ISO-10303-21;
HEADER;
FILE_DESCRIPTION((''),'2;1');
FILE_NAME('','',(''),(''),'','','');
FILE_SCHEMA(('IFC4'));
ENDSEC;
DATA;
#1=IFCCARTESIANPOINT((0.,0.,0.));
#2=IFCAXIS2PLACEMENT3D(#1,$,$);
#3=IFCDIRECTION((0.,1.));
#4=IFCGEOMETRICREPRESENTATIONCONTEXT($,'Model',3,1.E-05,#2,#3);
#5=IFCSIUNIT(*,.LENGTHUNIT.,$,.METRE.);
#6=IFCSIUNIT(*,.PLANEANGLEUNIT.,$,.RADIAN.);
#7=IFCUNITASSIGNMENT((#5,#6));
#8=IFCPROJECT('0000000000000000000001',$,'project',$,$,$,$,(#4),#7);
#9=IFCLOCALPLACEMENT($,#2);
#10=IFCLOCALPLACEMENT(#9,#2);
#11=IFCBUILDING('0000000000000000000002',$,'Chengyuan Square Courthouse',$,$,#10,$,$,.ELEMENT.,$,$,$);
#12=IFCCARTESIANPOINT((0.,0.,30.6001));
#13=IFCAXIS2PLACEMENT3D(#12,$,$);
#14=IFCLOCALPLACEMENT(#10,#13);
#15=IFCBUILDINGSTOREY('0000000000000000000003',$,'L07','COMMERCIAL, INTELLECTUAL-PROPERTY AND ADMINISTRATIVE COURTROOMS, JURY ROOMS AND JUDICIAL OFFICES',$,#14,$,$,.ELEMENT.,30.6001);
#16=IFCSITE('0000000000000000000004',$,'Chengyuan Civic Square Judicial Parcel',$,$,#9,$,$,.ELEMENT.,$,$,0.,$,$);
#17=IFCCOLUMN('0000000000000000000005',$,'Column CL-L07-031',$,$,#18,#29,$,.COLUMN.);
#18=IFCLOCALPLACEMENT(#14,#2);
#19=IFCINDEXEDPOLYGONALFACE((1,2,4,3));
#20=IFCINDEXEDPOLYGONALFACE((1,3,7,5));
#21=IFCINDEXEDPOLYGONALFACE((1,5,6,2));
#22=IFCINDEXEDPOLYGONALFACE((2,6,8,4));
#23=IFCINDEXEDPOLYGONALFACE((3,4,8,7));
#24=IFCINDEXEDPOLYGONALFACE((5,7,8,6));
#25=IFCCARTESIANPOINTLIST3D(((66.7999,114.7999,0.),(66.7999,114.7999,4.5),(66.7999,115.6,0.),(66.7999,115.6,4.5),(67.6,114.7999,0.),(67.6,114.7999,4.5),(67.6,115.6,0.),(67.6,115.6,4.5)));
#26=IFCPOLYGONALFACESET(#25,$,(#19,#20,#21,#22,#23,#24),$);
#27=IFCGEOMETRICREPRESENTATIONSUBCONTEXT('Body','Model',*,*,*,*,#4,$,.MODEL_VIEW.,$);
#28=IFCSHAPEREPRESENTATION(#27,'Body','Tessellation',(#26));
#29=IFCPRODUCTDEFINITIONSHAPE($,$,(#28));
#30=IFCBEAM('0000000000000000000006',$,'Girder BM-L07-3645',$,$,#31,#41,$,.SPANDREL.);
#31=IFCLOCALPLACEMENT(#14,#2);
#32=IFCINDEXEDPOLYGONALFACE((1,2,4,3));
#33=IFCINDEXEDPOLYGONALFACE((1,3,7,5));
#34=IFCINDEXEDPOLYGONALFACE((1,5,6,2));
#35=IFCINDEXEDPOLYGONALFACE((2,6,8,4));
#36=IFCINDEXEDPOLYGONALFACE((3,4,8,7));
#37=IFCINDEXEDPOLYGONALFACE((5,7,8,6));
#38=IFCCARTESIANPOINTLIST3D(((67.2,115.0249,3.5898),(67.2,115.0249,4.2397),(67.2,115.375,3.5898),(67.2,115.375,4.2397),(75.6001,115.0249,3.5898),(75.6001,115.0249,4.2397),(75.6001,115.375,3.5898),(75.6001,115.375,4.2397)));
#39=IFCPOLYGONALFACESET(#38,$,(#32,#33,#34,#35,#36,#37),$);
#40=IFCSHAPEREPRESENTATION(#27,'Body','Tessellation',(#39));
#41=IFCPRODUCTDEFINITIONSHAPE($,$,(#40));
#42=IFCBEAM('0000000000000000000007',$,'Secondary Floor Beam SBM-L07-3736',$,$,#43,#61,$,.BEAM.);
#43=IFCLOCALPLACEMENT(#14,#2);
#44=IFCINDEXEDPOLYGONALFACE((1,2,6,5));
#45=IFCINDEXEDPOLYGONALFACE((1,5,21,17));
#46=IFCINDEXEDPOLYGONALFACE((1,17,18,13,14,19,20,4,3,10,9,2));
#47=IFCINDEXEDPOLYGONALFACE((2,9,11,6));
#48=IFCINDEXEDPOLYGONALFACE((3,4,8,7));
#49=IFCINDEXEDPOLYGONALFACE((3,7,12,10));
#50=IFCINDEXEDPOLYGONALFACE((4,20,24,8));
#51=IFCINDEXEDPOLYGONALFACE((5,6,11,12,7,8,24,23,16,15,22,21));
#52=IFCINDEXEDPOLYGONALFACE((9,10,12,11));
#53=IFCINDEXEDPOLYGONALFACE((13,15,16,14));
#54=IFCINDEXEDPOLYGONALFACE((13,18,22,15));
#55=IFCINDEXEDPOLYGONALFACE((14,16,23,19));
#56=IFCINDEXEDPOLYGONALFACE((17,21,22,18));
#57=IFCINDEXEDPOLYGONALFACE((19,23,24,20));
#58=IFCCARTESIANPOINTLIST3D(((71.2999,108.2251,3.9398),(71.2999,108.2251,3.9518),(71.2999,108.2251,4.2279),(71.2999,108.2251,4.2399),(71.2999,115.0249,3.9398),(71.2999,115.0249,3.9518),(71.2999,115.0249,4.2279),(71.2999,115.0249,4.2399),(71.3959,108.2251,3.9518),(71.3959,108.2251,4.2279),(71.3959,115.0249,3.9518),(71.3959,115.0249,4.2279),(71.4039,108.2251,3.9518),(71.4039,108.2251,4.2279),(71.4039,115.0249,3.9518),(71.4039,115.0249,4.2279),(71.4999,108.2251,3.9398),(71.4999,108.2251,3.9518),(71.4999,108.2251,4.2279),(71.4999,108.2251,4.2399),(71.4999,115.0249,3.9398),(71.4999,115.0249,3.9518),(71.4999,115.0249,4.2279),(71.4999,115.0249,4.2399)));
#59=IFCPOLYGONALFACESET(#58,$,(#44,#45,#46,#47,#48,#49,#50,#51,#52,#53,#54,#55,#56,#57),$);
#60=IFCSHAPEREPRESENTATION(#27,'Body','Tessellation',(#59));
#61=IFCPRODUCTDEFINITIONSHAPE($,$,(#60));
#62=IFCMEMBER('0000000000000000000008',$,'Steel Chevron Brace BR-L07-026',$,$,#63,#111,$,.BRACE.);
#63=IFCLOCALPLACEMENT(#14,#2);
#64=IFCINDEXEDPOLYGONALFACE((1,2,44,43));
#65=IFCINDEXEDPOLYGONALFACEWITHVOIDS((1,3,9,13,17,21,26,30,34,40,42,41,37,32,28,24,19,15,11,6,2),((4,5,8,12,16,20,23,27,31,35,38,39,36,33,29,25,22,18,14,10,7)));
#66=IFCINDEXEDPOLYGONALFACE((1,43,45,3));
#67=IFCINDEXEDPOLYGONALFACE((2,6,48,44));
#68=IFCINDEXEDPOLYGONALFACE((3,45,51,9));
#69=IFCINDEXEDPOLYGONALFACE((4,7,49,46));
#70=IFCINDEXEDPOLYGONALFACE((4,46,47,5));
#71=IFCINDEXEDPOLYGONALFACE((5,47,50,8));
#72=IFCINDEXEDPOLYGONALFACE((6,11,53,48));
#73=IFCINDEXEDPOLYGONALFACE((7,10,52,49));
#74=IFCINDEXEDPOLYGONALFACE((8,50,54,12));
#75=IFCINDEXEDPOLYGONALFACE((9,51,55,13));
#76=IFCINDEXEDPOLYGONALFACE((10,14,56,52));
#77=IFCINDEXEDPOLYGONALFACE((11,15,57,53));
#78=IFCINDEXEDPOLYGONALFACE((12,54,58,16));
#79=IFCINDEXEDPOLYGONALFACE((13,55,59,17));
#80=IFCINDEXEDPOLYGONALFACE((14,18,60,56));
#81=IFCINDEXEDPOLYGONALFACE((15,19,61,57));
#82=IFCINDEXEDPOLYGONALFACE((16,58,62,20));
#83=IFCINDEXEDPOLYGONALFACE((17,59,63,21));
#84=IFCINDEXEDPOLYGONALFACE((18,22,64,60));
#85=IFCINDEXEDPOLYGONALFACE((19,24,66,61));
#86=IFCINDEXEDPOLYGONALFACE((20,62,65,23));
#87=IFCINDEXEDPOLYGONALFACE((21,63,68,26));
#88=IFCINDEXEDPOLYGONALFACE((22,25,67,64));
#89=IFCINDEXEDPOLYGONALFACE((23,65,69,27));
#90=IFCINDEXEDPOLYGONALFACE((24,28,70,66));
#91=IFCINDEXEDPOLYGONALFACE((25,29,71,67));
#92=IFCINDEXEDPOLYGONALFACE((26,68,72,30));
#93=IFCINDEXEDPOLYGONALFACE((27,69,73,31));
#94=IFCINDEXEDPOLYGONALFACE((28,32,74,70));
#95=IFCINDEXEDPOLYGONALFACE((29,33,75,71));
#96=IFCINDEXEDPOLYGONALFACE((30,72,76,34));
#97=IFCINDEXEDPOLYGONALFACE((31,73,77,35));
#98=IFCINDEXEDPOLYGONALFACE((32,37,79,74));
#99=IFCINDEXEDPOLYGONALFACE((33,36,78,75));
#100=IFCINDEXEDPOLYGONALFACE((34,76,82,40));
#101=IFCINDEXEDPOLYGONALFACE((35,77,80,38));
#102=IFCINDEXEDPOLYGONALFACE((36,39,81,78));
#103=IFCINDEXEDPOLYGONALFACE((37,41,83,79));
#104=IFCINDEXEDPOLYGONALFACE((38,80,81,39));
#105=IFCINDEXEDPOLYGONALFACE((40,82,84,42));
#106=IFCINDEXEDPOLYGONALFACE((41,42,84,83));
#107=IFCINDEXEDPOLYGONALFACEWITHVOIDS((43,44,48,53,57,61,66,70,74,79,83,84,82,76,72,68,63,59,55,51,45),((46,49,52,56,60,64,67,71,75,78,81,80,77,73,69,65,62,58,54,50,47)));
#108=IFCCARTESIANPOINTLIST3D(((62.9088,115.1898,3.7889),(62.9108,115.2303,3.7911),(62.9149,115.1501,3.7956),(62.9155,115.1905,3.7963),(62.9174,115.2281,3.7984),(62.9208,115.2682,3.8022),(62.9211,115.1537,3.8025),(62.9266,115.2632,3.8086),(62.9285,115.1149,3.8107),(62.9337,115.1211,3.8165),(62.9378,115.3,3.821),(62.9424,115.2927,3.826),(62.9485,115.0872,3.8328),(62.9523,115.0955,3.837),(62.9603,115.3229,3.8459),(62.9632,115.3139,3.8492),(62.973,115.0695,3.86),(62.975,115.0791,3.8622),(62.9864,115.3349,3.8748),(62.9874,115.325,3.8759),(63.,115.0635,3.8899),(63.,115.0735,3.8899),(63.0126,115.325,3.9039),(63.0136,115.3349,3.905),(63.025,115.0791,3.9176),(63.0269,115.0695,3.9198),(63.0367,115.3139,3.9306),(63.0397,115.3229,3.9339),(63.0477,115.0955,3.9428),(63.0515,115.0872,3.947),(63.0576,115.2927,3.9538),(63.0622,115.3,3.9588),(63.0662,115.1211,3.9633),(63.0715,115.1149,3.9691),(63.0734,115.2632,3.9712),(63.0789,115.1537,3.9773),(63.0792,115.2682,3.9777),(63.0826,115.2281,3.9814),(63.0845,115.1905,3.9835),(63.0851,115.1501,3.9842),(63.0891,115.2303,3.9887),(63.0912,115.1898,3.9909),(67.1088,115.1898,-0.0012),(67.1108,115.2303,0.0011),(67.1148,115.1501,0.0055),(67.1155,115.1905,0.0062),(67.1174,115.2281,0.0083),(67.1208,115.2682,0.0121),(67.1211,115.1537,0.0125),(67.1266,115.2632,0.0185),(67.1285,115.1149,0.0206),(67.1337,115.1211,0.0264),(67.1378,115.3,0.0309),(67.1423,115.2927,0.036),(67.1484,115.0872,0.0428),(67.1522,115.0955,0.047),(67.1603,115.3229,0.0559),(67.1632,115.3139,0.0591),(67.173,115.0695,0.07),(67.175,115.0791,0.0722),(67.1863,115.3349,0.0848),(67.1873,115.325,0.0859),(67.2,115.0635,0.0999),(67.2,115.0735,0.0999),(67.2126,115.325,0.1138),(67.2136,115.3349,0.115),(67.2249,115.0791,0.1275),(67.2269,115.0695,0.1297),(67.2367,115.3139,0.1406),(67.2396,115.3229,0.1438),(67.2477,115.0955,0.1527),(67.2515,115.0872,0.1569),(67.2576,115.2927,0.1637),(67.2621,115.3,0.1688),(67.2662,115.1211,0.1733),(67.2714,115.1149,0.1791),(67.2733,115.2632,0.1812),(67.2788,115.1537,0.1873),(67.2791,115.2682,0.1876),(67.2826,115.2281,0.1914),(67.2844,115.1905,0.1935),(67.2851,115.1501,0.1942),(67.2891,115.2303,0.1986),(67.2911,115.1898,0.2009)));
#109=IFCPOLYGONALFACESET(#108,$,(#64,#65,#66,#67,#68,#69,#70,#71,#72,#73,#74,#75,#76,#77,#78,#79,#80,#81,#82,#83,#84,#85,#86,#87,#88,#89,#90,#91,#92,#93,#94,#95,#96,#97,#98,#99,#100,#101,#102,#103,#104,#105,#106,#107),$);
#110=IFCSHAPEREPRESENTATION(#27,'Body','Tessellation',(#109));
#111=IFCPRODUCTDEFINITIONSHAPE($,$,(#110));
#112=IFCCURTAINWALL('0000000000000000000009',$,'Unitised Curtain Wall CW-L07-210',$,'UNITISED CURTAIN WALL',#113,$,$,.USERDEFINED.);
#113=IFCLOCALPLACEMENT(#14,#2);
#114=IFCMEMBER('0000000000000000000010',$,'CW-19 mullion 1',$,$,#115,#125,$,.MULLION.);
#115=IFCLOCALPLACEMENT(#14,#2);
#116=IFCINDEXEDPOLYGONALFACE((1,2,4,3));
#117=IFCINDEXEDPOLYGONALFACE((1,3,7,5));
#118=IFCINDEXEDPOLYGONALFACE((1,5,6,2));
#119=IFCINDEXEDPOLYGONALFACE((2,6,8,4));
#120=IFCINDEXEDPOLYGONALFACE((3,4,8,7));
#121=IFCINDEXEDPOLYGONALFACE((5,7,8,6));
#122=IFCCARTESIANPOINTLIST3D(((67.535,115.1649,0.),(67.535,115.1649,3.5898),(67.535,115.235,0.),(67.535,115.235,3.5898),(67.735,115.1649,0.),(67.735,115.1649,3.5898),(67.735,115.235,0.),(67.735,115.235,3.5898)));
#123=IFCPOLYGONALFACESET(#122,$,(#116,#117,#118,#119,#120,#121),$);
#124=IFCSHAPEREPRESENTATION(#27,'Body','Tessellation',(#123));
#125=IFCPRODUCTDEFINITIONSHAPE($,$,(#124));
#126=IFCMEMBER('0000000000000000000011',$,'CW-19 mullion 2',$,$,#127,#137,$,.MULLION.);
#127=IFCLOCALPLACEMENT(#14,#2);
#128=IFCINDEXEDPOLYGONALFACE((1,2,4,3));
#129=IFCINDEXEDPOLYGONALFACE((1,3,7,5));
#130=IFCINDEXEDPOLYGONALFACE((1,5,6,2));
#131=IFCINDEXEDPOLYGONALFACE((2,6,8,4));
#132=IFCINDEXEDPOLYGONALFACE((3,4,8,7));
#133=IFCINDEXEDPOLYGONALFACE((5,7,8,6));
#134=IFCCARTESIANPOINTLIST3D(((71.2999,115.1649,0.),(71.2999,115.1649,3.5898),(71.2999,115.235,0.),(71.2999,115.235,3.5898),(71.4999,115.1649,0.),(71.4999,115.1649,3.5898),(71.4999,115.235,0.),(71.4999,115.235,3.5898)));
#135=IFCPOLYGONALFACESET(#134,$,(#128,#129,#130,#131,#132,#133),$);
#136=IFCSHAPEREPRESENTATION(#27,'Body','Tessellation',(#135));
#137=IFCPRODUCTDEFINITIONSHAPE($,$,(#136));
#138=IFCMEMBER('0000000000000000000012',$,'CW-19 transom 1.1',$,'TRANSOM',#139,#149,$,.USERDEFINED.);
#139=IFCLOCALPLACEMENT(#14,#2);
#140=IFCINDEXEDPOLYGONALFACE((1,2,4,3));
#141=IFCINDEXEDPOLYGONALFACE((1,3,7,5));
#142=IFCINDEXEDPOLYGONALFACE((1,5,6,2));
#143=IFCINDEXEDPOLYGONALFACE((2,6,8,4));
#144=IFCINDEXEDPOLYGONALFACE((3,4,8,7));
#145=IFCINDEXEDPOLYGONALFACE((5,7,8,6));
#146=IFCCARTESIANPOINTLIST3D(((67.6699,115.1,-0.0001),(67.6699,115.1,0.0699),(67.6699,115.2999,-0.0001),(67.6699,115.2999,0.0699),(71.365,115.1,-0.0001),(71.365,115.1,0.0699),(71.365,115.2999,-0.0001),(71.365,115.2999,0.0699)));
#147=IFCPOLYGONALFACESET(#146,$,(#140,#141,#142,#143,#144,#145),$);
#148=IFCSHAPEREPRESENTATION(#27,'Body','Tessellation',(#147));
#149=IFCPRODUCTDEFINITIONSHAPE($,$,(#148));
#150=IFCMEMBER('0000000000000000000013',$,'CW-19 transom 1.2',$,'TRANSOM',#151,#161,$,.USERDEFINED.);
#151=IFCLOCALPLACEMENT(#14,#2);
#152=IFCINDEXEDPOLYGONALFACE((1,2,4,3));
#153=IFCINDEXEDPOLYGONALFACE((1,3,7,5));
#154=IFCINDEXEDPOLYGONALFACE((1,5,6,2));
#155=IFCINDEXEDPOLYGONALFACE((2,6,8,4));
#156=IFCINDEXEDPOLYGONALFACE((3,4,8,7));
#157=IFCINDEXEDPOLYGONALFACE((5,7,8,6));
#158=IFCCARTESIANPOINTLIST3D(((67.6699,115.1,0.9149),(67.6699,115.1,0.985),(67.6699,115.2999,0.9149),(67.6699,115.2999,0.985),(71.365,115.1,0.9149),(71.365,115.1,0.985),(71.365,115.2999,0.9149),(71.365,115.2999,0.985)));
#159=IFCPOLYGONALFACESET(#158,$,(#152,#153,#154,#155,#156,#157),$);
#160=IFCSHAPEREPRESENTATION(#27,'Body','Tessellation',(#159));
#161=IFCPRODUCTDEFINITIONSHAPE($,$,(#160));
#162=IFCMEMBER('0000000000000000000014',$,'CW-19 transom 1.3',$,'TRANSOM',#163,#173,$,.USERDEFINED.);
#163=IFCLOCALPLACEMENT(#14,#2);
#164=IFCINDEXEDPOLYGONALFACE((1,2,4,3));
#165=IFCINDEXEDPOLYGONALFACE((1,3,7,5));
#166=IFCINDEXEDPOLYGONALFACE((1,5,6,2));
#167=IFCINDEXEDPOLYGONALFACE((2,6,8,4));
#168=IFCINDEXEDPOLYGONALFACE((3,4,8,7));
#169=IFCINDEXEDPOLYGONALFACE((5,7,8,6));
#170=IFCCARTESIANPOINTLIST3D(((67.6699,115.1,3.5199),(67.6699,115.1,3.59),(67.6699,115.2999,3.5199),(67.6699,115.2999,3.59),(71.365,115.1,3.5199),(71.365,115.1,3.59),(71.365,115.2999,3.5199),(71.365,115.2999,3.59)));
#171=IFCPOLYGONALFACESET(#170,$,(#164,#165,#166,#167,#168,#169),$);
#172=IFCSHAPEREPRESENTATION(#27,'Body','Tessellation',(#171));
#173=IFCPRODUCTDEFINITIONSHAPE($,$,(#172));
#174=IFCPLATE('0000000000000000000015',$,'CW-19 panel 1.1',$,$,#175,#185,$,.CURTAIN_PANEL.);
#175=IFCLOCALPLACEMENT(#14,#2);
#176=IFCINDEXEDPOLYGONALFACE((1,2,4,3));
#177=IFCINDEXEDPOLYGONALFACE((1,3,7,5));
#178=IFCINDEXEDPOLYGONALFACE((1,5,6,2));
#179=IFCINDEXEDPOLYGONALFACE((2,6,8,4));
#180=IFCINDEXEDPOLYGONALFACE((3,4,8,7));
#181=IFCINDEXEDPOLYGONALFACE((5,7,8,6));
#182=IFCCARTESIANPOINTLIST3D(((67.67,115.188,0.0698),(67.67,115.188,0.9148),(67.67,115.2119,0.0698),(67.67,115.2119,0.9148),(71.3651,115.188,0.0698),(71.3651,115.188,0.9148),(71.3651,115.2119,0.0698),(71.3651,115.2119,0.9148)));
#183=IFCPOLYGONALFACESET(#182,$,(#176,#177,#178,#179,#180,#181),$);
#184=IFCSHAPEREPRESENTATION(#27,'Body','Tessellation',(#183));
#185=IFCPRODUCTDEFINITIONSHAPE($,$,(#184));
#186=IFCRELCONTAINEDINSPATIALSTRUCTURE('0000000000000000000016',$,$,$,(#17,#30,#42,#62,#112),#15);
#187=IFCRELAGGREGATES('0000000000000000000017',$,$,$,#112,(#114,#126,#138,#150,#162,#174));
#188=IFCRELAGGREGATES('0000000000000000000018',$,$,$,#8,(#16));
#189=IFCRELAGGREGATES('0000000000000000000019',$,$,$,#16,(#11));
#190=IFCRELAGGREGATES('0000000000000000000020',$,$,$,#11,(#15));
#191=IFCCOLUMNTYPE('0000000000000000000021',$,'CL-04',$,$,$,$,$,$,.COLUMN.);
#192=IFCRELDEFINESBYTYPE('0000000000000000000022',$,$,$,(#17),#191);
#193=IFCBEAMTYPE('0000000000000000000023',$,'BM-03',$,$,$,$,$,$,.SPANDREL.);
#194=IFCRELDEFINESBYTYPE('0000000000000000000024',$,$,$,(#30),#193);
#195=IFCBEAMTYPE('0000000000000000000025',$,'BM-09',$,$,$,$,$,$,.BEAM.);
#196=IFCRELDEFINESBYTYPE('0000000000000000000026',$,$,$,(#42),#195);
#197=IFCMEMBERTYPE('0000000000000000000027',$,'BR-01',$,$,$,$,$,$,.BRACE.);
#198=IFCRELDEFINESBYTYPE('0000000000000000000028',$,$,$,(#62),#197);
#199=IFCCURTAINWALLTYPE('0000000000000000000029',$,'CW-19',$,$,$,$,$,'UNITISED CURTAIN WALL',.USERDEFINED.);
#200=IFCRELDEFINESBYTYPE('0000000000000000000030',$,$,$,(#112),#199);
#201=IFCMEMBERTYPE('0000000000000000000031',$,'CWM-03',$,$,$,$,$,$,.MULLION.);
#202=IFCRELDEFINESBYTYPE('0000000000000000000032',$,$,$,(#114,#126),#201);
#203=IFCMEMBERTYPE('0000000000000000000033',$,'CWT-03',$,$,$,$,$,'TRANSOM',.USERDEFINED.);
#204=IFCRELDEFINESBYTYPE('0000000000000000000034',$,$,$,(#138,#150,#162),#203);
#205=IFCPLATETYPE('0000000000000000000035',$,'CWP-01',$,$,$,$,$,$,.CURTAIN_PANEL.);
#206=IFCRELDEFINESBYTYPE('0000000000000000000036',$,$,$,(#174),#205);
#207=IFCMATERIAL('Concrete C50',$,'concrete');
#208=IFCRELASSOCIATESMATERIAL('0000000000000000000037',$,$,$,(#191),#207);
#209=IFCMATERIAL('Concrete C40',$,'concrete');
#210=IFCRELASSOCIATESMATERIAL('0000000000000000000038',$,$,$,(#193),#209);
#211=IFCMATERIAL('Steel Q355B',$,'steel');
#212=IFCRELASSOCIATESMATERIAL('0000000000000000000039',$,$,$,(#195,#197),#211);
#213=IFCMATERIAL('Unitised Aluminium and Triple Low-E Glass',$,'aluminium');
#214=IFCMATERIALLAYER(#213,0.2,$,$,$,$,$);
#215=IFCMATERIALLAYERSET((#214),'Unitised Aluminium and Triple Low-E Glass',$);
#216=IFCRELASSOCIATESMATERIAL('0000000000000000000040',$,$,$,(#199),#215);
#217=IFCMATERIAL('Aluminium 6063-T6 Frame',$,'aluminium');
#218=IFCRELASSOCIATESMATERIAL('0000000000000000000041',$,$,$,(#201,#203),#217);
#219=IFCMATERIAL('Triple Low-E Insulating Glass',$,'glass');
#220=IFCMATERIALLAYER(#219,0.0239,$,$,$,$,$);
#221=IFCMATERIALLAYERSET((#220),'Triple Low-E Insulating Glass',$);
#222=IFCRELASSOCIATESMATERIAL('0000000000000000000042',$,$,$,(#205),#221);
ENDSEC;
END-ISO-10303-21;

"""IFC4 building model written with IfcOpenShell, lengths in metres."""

from ifc_helpers import new_model, si_unit, direction, frame, origin, origin_2d, place, context, subcontext, project, spatial, rectangle, hollow_circle, i_section, extrude, material, layer, layer_set, material_profile, profile_set, type_object, element, aggregate, save


model = new_model("IFC4")

# Units and contexts
model_context = context("Model", 3, precision=1e-05, world=origin(), true_north=direction((0.0, 1.0)))
body_context = subcontext(model_context, "Body", "Model", "MODEL_VIEW")
ifc_project = project(units=[si_unit("LENGTHUNIT", "METRE"), si_unit("PLANEANGLEUNIT", "RADIAN")], contexts=[model_context])

# Site, building, storey
site_placement = place(None, origin())
site = spatial("IfcSite", under=ifc_project, at=site_placement, Name="Chengyuan Civic Square Judicial Parcel", CompositionType="ELEMENT", RefElevation=0.0)
building_placement = place(site_placement, origin())
building = spatial("IfcBuilding", under=site, at=building_placement, Name="Chengyuan Square Courthouse", CompositionType="ELEMENT")
storey_placement = place(building_placement, frame((0.0, 0.0, 30.6001)))
storey = spatial("IfcBuildingStorey", under=building, at=storey_placement, Name="L07", Description="COMMERCIAL, INTELLECTUAL-PROPERTY AND ADMINISTRATIVE COURTROOMS, JURY ROOMS AND JUDICIAL OFFICES", CompositionType="ELEMENT", Elevation=30.6001)

# Column
ifc_material_1 = material(Name="Concrete C50", Category="concrete")
ifc_material_profile_1 = material_profile(ifc_material_1, rectangle(XDim=0.8, YDim=0.8, at=origin_2d()), Name="RC-COL-800x800")
ifc_profile_set_1 = profile_set([ifc_material_profile_1], Name="Concrete C50")
column_type = type_object("IfcColumnType", Name="CL-04", PredefinedType="COLUMN", material=ifc_profile_set_1)
column_placement = place(storey_placement, frame((67.2, 115.2, 0.0), z_axis=(0.0, 0.0, 1.0), x_axis=(1.0, 0.0, 0.0)))
element("IfcColumn", 1, at=column_placement, inside=storey, type_object=column_type, Name="Column CL-L07-031", PredefinedType="COLUMN", context=body_context, shape_type="SweptSolid", body=[
    extrude(rectangle(XDim=0.8, YDim=0.8, at=origin_2d()), origin(), (0.0, 0.0, 1.0), 4.5),
])

# Beams
ifc_material_2 = material(Name="Concrete C40", Category="concrete")
ifc_material_profile_2 = material_profile(ifc_material_2, rectangle(XDim=0.3501, YDim=0.6499, at=origin_2d()), Name="RC-BM-350x650")
ifc_profile_set_2 = profile_set([ifc_material_profile_2], Name="Concrete C40")
beam_type_1 = type_object("IfcBeamType", Name="BM-03", PredefinedType="SPANDREL", material=ifc_profile_set_2)
beam_1_placement = place(storey_placement, frame((67.2, 115.2, 3.9148), z_axis=(1.0, 0.0, 0.0), x_axis=(0.0, 1.0, 0.0)))
element("IfcBeam", 2, at=beam_1_placement, inside=storey, type_object=beam_type_1, Name="Girder BM-L07-3645", PredefinedType="SPANDREL", context=body_context, shape_type="SweptSolid", body=[
    extrude(rectangle(XDim=0.3501, YDim=0.6499, at=origin_2d()), origin(), (0.0, 0.0, 1.0), 8.4001),
])
ifc_material_3 = material(Name="Steel Q355B", Category="steel")
ifc_material_profile_3 = material_profile(ifc_material_3, i_section(OverallWidth=0.2, OverallDepth=0.3, WebThickness=0.0081, FlangeThickness=0.012, at=origin_2d()), Name="HM 300x200x8x12")
ifc_profile_set_3 = profile_set([ifc_material_profile_3], Name="Steel Q355B")
beam_type_2 = type_object("IfcBeamType", Name="BM-09", PredefinedType="BEAM", material=ifc_profile_set_3)
beam_2_placement = place(storey_placement, frame((71.3999, 108.2251, 4.0898), z_axis=(0.0, 1.0, 0.0), x_axis=(-1.0, 0.0, 0.0)))
element("IfcBeam", 3, at=beam_2_placement, inside=storey, type_object=beam_type_2, Name="Secondary Floor Beam SBM-L07-3736", PredefinedType="BEAM", context=body_context, shape_type="SweptSolid", body=[
    extrude(i_section(OverallWidth=0.2, OverallDepth=0.3, WebThickness=0.0081, FlangeThickness=0.012, at=origin_2d()), origin(), (0.0, 0.0, 1.0), 6.7998),
])

# Member
ifc_material_profile_4 = material_profile(ifc_material_3, hollow_circle(Radius=0.1365, WallThickness=0.01, at=origin_2d()), Name="CHS 273x10")
ifc_profile_set_4 = profile_set([ifc_material_profile_4], Name="Steel Q355B")
member_type_1 = type_object("IfcMemberType", Name="BR-01", PredefinedType="BRACE", material=ifc_profile_set_4)
member_1_placement = place(storey_placement, frame((67.2, 115.2, 0.0999), z_axis=(-0.742407, 0.0, 0.669949), x_axis=(0.0, -1.0, 0.0)))
element("IfcMember", 4, at=member_1_placement, inside=storey, type_object=member_type_1, Name="Steel Chevron Brace BR-L07-026", PredefinedType="BRACE", context=body_context, shape_type="SweptSolid", body=[
    extrude(hollow_circle(Radius=0.1365, WallThickness=0.01, at=origin_2d()), origin(), (0.0, 0.0, 1.0), 5.6572),
])

# Curtain wall, members, plate
ifc_material_4 = material(Name="Unitised Aluminium and Triple Low-E Glass", Category="aluminium")
ifc_layer_1 = layer(ifc_material_4, 0.2)
ifc_layer_set_1 = layer_set([ifc_layer_1], Name="Unitised Aluminium and Triple Low-E Glass")
curtain_wall_type = type_object("IfcCurtainWallType", Name="CW-19", ElementType="UNITISED CURTAIN WALL", PredefinedType="USERDEFINED", material=ifc_layer_set_1)
curtain_wall_placement = place(storey_placement, origin())
curtain_wall = element("IfcCurtainWall", 5, at=curtain_wall_placement, inside=storey, type_object=curtain_wall_type, Name="Unitised Curtain Wall CW-L07-210", ObjectType="UNITISED CURTAIN WALL", PredefinedType="USERDEFINED")
ifc_material_5 = material(Name="Aluminium 6063-T6 Frame", Category="aluminium")
ifc_material_profile_5 = material_profile(ifc_material_5, rectangle(XDim=0.0701, YDim=0.2, at=origin_2d()), Name="CW-MUL-70x200")
ifc_profile_set_5 = profile_set([ifc_material_profile_5], Name="Aluminium 6063-T6 Frame")
member_type_2 = type_object("IfcMemberType", Name="CWM-03", PredefinedType="MULLION", material=ifc_profile_set_5)
member_2_placement = place(storey_placement, frame((67.635, 115.2, 0.0), z_axis=(0.0, 0.0, 1.0), x_axis=(0.0, 1.0, 0.0)))
member_2 = element("IfcMember", 6, at=member_2_placement, type_object=member_type_2, Name="CW-19 mullion 1", PredefinedType="MULLION", context=body_context, shape_type="SweptSolid", body=[
    extrude(rectangle(XDim=0.0701, YDim=0.2, at=origin_2d()), origin(), (0.0, 0.0, 1.0), 3.5898),
])
member_3_placement = place(storey_placement, frame((71.3999, 115.2, 0.0), z_axis=(0.0, 0.0, 1.0), x_axis=(0.0, 1.0, 0.0)))
member_3 = element("IfcMember", 7, at=member_3_placement, type_object=member_type_2, Name="CW-19 mullion 2", PredefinedType="MULLION", context=body_context, shape_type="SweptSolid", body=[
    extrude(rectangle(XDim=0.0701, YDim=0.2, at=origin_2d()), origin(), (0.0, 0.0, 1.0), 3.5898),
])
ifc_material_profile_6 = material_profile(ifc_material_5, rectangle(XDim=0.2, YDim=0.0701, at=origin_2d()), Name="CW-TRN-70x160")
ifc_profile_set_6 = profile_set([ifc_material_profile_6], Name="Aluminium 6063-T6 Frame")
member_type_3 = type_object("IfcMemberType", Name="CWT-03", ElementType="TRANSOM", PredefinedType="USERDEFINED", material=ifc_profile_set_6)
member_4_placement = place(storey_placement, frame((67.6699, 115.2, 0.0349), z_axis=(1.0, 0.0, 0.0), x_axis=(0.0, 1.0, 0.0)))
member_4 = element("IfcMember", 8, at=member_4_placement, type_object=member_type_3, Name="CW-19 transom 1.1", ObjectType="TRANSOM", PredefinedType="USERDEFINED", context=body_context, shape_type="SweptSolid", body=[
    extrude(rectangle(XDim=0.2, YDim=0.0701, at=origin_2d()), origin(), (0.0, 0.0, 1.0), 3.6951),
])
member_5_placement = place(storey_placement, frame((67.6699, 115.2, 0.95), z_axis=(1.0, 0.0, 0.0), x_axis=(0.0, 1.0, 0.0)))
member_5 = element("IfcMember", 9, at=member_5_placement, type_object=member_type_3, Name="CW-19 transom 1.2", ObjectType="TRANSOM", PredefinedType="USERDEFINED", context=body_context, shape_type="SweptSolid", body=[
    extrude(rectangle(XDim=0.2, YDim=0.0701, at=origin_2d()), origin(), (0.0, 0.0, 1.0), 3.6951),
])
member_6_placement = place(storey_placement, frame((67.6699, 115.2, 3.5549), z_axis=(1.0, 0.0, 0.0), x_axis=(0.0, 1.0, 0.0)))
member_6 = element("IfcMember", 10, at=member_6_placement, type_object=member_type_3, Name="CW-19 transom 1.3", ObjectType="TRANSOM", PredefinedType="USERDEFINED", context=body_context, shape_type="SweptSolid", body=[
    extrude(rectangle(XDim=0.2, YDim=0.0701, at=origin_2d()), origin(), (0.0, 0.0, 1.0), 3.6951),
])
ifc_material_6 = material(Name="Triple Low-E Insulating Glass", Category="glass")
ifc_layer_2 = layer(ifc_material_6, 0.0239)
ifc_layer_set_2 = layer_set([ifc_layer_2], Name="Triple Low-E Insulating Glass")
plate_type = type_object("IfcPlateType", Name="CWP-01", PredefinedType="CURTAIN_PANEL", material=ifc_layer_set_2)
plate_1_placement = place(storey_placement, frame((69.5176, 115.2, 0.0698), z_axis=(0.0, 0.0, 1.0), x_axis=(1.0, 0.0, 0.0)))
plate_1 = element("IfcPlate", 11, at=plate_1_placement, type_object=plate_type, Name="CW-19 panel 1.1", PredefinedType="CURTAIN_PANEL", context=body_context, shape_type="SweptSolid", body=[
    extrude(rectangle(XDim=3.6951, YDim=0.0239, at=origin_2d()), origin(), (0.0, 0.0, 1.0), 0.845),
])
aggregate(curtain_wall, [member_2, member_3, member_4, member_5, member_6, plate_1])

save(model, "model.ifc")
